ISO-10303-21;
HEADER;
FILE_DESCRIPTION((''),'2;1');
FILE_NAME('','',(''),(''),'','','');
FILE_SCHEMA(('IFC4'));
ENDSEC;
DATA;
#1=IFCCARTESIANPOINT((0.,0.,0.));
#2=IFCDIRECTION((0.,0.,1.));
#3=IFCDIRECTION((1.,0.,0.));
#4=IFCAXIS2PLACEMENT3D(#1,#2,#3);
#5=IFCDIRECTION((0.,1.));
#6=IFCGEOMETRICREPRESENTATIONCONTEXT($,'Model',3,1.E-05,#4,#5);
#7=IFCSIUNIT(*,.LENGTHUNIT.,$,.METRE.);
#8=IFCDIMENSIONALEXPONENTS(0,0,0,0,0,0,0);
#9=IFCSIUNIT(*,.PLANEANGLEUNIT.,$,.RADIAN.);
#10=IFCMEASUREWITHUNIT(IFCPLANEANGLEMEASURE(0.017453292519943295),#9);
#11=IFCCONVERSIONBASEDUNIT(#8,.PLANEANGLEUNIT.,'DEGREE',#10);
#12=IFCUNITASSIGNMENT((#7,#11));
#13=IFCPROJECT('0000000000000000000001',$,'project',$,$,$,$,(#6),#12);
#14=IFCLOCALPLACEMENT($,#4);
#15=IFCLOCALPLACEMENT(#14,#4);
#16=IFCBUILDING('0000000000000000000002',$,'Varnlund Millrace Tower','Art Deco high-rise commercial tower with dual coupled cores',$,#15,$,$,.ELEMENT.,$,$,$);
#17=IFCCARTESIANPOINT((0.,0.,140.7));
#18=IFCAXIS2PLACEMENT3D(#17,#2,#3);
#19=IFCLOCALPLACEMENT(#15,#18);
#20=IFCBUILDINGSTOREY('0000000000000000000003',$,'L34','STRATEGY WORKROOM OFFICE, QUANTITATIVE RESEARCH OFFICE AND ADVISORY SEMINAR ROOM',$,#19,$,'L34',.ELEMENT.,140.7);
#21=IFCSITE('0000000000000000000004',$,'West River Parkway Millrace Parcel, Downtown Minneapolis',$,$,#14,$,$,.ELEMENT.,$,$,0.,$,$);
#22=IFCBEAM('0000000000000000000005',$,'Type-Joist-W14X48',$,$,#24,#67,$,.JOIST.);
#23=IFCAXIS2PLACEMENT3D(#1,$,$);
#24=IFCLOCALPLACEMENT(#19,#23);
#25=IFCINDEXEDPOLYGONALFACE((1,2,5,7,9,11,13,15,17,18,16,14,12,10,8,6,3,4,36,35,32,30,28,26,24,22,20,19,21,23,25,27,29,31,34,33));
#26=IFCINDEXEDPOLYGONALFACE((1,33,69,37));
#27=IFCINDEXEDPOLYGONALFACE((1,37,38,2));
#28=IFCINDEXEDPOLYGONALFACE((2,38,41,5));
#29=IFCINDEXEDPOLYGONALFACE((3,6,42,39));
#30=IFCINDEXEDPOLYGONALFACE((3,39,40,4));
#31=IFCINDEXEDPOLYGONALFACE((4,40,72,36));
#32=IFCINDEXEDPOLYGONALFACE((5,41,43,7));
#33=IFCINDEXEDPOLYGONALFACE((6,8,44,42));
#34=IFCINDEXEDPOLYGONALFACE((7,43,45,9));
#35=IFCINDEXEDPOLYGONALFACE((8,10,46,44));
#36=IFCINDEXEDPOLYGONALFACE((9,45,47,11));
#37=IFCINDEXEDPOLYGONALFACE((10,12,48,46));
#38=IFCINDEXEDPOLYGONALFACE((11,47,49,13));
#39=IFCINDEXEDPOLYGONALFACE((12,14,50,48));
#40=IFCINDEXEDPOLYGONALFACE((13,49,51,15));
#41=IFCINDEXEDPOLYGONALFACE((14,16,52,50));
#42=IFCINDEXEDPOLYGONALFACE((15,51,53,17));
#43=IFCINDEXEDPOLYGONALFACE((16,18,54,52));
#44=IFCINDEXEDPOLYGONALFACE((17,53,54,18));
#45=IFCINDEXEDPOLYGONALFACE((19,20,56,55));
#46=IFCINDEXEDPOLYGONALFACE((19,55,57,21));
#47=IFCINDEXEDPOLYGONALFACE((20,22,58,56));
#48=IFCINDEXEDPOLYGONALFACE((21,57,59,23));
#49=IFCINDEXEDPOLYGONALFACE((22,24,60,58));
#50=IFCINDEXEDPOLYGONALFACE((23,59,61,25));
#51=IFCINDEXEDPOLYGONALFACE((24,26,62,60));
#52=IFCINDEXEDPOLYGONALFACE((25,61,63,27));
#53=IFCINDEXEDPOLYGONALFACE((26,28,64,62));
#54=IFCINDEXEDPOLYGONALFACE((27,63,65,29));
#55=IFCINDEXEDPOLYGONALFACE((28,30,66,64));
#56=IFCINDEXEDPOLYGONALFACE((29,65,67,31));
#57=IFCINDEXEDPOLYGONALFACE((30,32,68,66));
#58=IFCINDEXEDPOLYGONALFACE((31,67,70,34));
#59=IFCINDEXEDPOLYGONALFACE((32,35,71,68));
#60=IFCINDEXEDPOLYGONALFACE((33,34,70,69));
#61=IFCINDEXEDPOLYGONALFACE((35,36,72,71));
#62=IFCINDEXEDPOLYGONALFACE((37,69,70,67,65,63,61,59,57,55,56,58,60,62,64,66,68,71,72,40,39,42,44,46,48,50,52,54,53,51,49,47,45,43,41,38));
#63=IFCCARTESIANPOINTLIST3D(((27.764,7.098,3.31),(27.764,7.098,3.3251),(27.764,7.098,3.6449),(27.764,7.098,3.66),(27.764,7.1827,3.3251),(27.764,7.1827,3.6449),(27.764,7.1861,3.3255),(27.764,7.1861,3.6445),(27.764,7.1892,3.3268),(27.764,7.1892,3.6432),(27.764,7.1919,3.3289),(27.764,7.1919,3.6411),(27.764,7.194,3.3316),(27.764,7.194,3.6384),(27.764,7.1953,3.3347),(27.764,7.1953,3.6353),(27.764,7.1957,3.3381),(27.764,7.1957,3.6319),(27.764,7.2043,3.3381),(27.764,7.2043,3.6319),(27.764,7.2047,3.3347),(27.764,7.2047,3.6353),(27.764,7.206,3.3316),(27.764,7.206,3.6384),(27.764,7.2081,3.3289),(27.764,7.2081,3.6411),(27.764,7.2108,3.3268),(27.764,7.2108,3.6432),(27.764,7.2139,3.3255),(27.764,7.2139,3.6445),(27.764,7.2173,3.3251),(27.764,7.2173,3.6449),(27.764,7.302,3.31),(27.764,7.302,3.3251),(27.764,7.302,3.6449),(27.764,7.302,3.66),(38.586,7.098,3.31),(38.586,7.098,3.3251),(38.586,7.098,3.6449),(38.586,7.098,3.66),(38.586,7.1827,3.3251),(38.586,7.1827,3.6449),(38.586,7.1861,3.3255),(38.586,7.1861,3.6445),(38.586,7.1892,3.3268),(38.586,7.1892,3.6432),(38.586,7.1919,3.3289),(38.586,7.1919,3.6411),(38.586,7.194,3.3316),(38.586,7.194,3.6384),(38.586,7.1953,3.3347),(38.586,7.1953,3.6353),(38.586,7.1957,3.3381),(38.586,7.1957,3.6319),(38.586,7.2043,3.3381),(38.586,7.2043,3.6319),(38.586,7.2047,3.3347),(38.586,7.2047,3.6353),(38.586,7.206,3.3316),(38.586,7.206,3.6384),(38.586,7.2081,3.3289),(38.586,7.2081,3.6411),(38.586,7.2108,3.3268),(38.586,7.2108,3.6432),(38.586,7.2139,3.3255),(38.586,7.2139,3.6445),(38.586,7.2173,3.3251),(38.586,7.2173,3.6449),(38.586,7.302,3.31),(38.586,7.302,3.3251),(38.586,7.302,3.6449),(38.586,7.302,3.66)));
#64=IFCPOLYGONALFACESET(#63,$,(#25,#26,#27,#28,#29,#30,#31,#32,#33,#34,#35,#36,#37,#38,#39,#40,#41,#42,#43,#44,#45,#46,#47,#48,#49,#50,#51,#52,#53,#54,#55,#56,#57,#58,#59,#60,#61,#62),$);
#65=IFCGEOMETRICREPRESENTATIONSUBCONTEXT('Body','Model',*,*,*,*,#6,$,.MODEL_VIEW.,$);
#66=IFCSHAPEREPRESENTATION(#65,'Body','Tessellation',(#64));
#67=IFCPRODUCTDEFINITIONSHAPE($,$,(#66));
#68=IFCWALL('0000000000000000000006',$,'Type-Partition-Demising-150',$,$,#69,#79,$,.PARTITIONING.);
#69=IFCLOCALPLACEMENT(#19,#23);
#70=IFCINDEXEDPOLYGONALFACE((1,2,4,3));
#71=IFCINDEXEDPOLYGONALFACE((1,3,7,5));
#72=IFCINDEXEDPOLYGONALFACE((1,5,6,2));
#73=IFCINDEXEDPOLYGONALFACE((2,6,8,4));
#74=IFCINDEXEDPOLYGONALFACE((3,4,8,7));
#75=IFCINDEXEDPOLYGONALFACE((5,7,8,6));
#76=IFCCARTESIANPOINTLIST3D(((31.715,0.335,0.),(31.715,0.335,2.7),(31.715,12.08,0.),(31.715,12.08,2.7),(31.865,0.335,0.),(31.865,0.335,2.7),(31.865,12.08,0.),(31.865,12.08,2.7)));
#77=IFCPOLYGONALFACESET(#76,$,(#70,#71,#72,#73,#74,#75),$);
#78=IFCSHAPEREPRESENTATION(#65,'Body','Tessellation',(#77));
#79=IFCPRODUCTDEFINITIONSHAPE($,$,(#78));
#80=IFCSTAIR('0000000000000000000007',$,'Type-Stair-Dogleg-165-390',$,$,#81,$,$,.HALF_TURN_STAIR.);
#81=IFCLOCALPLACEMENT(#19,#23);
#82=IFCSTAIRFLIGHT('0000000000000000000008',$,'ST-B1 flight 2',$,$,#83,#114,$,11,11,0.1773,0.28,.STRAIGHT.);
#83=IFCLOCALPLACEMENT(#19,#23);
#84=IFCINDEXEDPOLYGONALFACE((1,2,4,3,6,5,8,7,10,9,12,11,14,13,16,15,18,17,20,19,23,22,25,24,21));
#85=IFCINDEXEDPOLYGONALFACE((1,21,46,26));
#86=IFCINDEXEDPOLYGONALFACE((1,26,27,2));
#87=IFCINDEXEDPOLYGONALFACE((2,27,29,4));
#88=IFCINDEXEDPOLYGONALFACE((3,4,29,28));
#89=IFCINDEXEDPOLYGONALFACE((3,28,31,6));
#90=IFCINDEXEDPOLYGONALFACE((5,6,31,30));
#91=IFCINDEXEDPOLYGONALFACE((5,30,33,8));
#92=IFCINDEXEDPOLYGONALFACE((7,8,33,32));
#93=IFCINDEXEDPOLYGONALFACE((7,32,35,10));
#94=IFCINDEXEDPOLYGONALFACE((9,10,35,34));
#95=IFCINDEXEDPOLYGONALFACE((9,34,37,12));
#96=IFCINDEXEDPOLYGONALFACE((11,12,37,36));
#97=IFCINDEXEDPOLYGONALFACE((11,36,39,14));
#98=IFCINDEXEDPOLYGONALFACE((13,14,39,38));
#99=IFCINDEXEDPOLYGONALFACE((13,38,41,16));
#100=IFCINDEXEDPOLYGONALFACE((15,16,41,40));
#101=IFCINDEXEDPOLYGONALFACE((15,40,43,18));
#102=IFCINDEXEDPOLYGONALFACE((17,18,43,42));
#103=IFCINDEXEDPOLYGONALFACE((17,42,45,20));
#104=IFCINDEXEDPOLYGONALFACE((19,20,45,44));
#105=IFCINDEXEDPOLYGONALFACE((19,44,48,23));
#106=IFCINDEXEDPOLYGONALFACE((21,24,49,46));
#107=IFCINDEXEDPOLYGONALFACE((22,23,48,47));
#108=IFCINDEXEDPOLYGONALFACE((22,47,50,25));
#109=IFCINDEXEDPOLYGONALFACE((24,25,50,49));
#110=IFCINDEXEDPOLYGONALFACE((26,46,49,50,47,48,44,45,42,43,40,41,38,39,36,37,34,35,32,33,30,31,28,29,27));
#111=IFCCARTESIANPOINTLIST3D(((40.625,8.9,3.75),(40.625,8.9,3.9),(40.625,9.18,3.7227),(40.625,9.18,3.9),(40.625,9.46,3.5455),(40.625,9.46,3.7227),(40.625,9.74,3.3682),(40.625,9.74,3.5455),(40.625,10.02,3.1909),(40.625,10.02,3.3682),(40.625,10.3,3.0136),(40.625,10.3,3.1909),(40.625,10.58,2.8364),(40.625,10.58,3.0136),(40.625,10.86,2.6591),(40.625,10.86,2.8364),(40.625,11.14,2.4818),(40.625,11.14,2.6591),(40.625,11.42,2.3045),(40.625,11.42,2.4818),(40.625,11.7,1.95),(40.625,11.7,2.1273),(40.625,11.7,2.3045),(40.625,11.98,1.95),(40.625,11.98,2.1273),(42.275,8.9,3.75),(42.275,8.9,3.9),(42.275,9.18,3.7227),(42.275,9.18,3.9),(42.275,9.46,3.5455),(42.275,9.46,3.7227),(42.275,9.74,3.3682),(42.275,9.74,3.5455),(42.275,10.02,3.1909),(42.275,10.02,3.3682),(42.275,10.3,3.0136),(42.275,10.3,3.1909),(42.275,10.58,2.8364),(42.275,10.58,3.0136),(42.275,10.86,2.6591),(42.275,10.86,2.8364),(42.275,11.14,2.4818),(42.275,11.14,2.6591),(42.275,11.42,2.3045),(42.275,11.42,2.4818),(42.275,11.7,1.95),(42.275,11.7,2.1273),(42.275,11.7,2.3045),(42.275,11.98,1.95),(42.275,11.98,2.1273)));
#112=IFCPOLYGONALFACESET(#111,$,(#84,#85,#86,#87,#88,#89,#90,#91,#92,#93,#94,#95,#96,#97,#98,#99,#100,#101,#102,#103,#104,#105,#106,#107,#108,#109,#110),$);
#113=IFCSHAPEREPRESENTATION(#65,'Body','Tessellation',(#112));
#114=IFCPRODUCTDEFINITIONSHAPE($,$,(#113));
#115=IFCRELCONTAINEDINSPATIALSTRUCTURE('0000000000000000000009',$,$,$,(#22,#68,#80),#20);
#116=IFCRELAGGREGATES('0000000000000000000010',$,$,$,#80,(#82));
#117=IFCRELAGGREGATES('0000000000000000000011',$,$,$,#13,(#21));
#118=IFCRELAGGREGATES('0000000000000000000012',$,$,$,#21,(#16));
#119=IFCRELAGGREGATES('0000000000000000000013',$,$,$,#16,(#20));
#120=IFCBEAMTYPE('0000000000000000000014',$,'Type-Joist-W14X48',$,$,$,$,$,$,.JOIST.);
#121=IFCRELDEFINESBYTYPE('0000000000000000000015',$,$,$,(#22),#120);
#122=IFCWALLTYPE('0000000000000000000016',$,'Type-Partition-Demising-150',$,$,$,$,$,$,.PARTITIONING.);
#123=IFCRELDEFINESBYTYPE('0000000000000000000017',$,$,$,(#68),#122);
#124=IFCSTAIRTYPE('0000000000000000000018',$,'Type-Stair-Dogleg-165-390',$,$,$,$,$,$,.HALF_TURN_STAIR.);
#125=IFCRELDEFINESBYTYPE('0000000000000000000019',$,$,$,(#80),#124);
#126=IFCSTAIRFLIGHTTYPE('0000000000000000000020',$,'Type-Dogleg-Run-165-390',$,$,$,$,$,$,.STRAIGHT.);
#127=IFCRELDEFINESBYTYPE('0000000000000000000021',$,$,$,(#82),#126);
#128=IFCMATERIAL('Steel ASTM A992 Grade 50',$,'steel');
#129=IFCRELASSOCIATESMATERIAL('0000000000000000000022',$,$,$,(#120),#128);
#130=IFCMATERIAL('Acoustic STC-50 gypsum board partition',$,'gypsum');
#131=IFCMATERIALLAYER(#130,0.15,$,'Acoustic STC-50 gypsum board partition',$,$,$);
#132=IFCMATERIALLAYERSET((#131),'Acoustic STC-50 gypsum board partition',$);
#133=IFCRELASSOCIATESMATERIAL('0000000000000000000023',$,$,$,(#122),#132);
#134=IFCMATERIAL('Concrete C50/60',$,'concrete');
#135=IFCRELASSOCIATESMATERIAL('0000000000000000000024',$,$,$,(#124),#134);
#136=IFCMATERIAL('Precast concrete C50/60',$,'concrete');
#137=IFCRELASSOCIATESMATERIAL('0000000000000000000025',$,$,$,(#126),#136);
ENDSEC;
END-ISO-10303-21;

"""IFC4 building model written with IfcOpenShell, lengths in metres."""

from ifc_helpers import new_model, entity, si_unit, converted_unit, direction, frame, origin_with_axes, origin_2d_with_axis, place, context, subcontext, project, spatial, polyline, i_section, outline, extrude, material, layer, layer_set, material_profile, profile_set, type_object, element, aggregate, save


model = new_model("IFC4")

# Units and contexts
model_context = context("Model", 3, precision=1e-05, world=origin_with_axes(), true_north=direction((0.0, 1.0)))
body_context = subcontext(model_context, "Body", "Model", "MODEL_VIEW")
ifc_project = project(units=[si_unit("LENGTHUNIT", "METRE"), converted_unit("PLANEANGLEUNIT", "DEGREE", entity("IfcPlaneAngleMeasure", 0.017453292519943295), si_unit("PLANEANGLEUNIT", "RADIAN"), dimensions=[0, 0, 0, 0, 0, 0, 0])], contexts=[model_context])

# Site, building, storey
site_placement = place(None, origin_with_axes())
site = spatial("IfcSite", under=ifc_project, at=site_placement, Name="West River Parkway Millrace Parcel, Downtown Minneapolis", CompositionType="ELEMENT", RefElevation=0.0)
building_placement = place(site_placement, origin_with_axes())
building = spatial("IfcBuilding", under=site, at=building_placement, Name="Varnlund Millrace Tower", Description="Art Deco high-rise commercial tower with dual coupled cores", CompositionType="ELEMENT")
storey_placement = place(building_placement, frame((0.0, 0.0, 140.7), z_axis=(0.0, 0.0, 1.0), x_axis=(1.0, 0.0, 0.0)))
storey = spatial("IfcBuildingStorey", under=building, at=storey_placement, Name="L34", Description="STRATEGY WORKROOM OFFICE, QUANTITATIVE RESEARCH OFFICE AND ADVISORY SEMINAR ROOM", LongName="L34", CompositionType="ELEMENT", Elevation=140.7)

# Beam
ifc_material_1 = material(Name="Steel ASTM A992 Grade 50", Category="steel")
ifc_material_profile_1 = material_profile(ifc_material_1, i_section(OverallWidth=0.204, OverallDepth=0.35, WebThickness=0.0086, FlangeThickness=0.0151, FilletRadius=0.013, at=origin_2d_with_axis()), Name="Steel ASTM A992 Grade 50")
ifc_profile_set_1 = profile_set([ifc_material_profile_1], Name="Steel ASTM A992 Grade 50")
beam_type_1 = type_object("IfcBeamType", Name="Type-Joist-W14X48", PredefinedType="JOIST", material=ifc_profile_set_1)
beam_1_placement = place(storey_placement, frame((27.764, 7.2, 3.485), z_axis=(1.0, 0.0, 0.0), x_axis=(0.0, 1.0, 0.0)))
element("IfcBeam", 1, at=beam_1_placement, inside=storey, type_object=beam_type_1, Name="Type-Joist-W14X48", PredefinedType="JOIST", context=body_context, shape_type="SweptSolid", body=[
    extrude(i_section(OverallWidth=0.204, OverallDepth=0.35, WebThickness=0.0086, FlangeThickness=0.0151, FilletRadius=0.013, at=origin_2d_with_axis()), origin_with_axes(), (0.0, 0.0, 1.0), 10.822),
])

# Wall
ifc_material_2 = material(Name="Acoustic STC-50 gypsum board partition", Category="gypsum")
ifc_layer = layer(ifc_material_2, 0.15, Name="Acoustic STC-50 gypsum board partition")
ifc_layer_set = layer_set([ifc_layer], Name="Acoustic STC-50 gypsum board partition")
wall_type = type_object("IfcWallType", Name="Type-Partition-Demising-150", PredefinedType="PARTITIONING", material=ifc_layer_set)
wall_placement = place(storey_placement, frame((31.79, 0.335, 0.0), z_axis=(0.0, 0.0, 1.0), x_axis=(0.0, 1.0, 0.0)))
element("IfcWall", 2, at=wall_placement, inside=storey, type_object=wall_type, Name="Type-Partition-Demising-150", PredefinedType="PARTITIONING", context=body_context, shape_type="SweptSolid", body=[
    extrude(outline(polyline([(0.0, -0.075), (11.745, -0.075), (11.745, 0.075), (0.0, 0.075), (0.0, -0.075)])), origin_with_axes(), (0.0, 0.0, 1.0), 2.7),
])

# Stair, stair flight
ifc_material_3 = material(Name="Concrete C50/60", Category="concrete")
stair_type = type_object("IfcStairType", Name="Type-Stair-Dogleg-165-390", PredefinedType="HALF_TURN_STAIR", material=ifc_material_3)
stair_placement = place(storey_placement, origin_with_axes())
stair = element("IfcStair", 3, at=stair_placement, inside=storey, type_object=stair_type, Name="Type-Stair-Dogleg-165-390", PredefinedType="HALF_TURN_STAIR")
ifc_material_4 = material(Name="Precast concrete C50/60", Category="concrete")
stair_flight_type = type_object("IfcStairFlightType", Name="Type-Dogleg-Run-165-390", PredefinedType="STRAIGHT", material=ifc_material_4)
stair_flight_placement = place(storey_placement, frame((42.275, 11.98, 1.95), z_axis=(-1.0, 0.0, 0.0), x_axis=(0.0, -1.0, 0.0)))
stair_flight = element("IfcStairFlight", 4, at=stair_flight_placement, type_object=stair_flight_type, Name="ST-B1 flight 2", NumberOfRisers=11, NumberOfTreads=11, PredefinedType="STRAIGHT", RiserHeight=0.1773, TreadLength=0.28, context=body_context, shape_type="SweptSolid", body=[
    extrude(outline(polyline([(0.0, 0.0), (0.0, 0.1773), (0.28, 0.1773), (0.28, 0.3545), (0.56, 0.3545), (0.56, 0.5318), (0.84, 0.5318), (0.84, 0.7091), (1.12, 0.7091), (1.12, 0.8864), (1.4, 0.8864), (1.4, 1.0636), (1.68, 1.0636), (1.68, 1.2409), (1.96, 1.2409), (1.96, 1.4182), (2.24, 1.4182), (2.24, 1.5955), (2.52, 1.5955), (2.52, 1.7727), (2.8, 1.7727), (2.8, 1.95), (3.08, 1.95), (3.08, 1.8), (0.28, 0.0), (0.0, 0.0)])), origin_with_axes(), (0.0, 0.0, 1.0), 1.65),
])
aggregate(stair, [stair_flight])

save(model, "model.ifc")
